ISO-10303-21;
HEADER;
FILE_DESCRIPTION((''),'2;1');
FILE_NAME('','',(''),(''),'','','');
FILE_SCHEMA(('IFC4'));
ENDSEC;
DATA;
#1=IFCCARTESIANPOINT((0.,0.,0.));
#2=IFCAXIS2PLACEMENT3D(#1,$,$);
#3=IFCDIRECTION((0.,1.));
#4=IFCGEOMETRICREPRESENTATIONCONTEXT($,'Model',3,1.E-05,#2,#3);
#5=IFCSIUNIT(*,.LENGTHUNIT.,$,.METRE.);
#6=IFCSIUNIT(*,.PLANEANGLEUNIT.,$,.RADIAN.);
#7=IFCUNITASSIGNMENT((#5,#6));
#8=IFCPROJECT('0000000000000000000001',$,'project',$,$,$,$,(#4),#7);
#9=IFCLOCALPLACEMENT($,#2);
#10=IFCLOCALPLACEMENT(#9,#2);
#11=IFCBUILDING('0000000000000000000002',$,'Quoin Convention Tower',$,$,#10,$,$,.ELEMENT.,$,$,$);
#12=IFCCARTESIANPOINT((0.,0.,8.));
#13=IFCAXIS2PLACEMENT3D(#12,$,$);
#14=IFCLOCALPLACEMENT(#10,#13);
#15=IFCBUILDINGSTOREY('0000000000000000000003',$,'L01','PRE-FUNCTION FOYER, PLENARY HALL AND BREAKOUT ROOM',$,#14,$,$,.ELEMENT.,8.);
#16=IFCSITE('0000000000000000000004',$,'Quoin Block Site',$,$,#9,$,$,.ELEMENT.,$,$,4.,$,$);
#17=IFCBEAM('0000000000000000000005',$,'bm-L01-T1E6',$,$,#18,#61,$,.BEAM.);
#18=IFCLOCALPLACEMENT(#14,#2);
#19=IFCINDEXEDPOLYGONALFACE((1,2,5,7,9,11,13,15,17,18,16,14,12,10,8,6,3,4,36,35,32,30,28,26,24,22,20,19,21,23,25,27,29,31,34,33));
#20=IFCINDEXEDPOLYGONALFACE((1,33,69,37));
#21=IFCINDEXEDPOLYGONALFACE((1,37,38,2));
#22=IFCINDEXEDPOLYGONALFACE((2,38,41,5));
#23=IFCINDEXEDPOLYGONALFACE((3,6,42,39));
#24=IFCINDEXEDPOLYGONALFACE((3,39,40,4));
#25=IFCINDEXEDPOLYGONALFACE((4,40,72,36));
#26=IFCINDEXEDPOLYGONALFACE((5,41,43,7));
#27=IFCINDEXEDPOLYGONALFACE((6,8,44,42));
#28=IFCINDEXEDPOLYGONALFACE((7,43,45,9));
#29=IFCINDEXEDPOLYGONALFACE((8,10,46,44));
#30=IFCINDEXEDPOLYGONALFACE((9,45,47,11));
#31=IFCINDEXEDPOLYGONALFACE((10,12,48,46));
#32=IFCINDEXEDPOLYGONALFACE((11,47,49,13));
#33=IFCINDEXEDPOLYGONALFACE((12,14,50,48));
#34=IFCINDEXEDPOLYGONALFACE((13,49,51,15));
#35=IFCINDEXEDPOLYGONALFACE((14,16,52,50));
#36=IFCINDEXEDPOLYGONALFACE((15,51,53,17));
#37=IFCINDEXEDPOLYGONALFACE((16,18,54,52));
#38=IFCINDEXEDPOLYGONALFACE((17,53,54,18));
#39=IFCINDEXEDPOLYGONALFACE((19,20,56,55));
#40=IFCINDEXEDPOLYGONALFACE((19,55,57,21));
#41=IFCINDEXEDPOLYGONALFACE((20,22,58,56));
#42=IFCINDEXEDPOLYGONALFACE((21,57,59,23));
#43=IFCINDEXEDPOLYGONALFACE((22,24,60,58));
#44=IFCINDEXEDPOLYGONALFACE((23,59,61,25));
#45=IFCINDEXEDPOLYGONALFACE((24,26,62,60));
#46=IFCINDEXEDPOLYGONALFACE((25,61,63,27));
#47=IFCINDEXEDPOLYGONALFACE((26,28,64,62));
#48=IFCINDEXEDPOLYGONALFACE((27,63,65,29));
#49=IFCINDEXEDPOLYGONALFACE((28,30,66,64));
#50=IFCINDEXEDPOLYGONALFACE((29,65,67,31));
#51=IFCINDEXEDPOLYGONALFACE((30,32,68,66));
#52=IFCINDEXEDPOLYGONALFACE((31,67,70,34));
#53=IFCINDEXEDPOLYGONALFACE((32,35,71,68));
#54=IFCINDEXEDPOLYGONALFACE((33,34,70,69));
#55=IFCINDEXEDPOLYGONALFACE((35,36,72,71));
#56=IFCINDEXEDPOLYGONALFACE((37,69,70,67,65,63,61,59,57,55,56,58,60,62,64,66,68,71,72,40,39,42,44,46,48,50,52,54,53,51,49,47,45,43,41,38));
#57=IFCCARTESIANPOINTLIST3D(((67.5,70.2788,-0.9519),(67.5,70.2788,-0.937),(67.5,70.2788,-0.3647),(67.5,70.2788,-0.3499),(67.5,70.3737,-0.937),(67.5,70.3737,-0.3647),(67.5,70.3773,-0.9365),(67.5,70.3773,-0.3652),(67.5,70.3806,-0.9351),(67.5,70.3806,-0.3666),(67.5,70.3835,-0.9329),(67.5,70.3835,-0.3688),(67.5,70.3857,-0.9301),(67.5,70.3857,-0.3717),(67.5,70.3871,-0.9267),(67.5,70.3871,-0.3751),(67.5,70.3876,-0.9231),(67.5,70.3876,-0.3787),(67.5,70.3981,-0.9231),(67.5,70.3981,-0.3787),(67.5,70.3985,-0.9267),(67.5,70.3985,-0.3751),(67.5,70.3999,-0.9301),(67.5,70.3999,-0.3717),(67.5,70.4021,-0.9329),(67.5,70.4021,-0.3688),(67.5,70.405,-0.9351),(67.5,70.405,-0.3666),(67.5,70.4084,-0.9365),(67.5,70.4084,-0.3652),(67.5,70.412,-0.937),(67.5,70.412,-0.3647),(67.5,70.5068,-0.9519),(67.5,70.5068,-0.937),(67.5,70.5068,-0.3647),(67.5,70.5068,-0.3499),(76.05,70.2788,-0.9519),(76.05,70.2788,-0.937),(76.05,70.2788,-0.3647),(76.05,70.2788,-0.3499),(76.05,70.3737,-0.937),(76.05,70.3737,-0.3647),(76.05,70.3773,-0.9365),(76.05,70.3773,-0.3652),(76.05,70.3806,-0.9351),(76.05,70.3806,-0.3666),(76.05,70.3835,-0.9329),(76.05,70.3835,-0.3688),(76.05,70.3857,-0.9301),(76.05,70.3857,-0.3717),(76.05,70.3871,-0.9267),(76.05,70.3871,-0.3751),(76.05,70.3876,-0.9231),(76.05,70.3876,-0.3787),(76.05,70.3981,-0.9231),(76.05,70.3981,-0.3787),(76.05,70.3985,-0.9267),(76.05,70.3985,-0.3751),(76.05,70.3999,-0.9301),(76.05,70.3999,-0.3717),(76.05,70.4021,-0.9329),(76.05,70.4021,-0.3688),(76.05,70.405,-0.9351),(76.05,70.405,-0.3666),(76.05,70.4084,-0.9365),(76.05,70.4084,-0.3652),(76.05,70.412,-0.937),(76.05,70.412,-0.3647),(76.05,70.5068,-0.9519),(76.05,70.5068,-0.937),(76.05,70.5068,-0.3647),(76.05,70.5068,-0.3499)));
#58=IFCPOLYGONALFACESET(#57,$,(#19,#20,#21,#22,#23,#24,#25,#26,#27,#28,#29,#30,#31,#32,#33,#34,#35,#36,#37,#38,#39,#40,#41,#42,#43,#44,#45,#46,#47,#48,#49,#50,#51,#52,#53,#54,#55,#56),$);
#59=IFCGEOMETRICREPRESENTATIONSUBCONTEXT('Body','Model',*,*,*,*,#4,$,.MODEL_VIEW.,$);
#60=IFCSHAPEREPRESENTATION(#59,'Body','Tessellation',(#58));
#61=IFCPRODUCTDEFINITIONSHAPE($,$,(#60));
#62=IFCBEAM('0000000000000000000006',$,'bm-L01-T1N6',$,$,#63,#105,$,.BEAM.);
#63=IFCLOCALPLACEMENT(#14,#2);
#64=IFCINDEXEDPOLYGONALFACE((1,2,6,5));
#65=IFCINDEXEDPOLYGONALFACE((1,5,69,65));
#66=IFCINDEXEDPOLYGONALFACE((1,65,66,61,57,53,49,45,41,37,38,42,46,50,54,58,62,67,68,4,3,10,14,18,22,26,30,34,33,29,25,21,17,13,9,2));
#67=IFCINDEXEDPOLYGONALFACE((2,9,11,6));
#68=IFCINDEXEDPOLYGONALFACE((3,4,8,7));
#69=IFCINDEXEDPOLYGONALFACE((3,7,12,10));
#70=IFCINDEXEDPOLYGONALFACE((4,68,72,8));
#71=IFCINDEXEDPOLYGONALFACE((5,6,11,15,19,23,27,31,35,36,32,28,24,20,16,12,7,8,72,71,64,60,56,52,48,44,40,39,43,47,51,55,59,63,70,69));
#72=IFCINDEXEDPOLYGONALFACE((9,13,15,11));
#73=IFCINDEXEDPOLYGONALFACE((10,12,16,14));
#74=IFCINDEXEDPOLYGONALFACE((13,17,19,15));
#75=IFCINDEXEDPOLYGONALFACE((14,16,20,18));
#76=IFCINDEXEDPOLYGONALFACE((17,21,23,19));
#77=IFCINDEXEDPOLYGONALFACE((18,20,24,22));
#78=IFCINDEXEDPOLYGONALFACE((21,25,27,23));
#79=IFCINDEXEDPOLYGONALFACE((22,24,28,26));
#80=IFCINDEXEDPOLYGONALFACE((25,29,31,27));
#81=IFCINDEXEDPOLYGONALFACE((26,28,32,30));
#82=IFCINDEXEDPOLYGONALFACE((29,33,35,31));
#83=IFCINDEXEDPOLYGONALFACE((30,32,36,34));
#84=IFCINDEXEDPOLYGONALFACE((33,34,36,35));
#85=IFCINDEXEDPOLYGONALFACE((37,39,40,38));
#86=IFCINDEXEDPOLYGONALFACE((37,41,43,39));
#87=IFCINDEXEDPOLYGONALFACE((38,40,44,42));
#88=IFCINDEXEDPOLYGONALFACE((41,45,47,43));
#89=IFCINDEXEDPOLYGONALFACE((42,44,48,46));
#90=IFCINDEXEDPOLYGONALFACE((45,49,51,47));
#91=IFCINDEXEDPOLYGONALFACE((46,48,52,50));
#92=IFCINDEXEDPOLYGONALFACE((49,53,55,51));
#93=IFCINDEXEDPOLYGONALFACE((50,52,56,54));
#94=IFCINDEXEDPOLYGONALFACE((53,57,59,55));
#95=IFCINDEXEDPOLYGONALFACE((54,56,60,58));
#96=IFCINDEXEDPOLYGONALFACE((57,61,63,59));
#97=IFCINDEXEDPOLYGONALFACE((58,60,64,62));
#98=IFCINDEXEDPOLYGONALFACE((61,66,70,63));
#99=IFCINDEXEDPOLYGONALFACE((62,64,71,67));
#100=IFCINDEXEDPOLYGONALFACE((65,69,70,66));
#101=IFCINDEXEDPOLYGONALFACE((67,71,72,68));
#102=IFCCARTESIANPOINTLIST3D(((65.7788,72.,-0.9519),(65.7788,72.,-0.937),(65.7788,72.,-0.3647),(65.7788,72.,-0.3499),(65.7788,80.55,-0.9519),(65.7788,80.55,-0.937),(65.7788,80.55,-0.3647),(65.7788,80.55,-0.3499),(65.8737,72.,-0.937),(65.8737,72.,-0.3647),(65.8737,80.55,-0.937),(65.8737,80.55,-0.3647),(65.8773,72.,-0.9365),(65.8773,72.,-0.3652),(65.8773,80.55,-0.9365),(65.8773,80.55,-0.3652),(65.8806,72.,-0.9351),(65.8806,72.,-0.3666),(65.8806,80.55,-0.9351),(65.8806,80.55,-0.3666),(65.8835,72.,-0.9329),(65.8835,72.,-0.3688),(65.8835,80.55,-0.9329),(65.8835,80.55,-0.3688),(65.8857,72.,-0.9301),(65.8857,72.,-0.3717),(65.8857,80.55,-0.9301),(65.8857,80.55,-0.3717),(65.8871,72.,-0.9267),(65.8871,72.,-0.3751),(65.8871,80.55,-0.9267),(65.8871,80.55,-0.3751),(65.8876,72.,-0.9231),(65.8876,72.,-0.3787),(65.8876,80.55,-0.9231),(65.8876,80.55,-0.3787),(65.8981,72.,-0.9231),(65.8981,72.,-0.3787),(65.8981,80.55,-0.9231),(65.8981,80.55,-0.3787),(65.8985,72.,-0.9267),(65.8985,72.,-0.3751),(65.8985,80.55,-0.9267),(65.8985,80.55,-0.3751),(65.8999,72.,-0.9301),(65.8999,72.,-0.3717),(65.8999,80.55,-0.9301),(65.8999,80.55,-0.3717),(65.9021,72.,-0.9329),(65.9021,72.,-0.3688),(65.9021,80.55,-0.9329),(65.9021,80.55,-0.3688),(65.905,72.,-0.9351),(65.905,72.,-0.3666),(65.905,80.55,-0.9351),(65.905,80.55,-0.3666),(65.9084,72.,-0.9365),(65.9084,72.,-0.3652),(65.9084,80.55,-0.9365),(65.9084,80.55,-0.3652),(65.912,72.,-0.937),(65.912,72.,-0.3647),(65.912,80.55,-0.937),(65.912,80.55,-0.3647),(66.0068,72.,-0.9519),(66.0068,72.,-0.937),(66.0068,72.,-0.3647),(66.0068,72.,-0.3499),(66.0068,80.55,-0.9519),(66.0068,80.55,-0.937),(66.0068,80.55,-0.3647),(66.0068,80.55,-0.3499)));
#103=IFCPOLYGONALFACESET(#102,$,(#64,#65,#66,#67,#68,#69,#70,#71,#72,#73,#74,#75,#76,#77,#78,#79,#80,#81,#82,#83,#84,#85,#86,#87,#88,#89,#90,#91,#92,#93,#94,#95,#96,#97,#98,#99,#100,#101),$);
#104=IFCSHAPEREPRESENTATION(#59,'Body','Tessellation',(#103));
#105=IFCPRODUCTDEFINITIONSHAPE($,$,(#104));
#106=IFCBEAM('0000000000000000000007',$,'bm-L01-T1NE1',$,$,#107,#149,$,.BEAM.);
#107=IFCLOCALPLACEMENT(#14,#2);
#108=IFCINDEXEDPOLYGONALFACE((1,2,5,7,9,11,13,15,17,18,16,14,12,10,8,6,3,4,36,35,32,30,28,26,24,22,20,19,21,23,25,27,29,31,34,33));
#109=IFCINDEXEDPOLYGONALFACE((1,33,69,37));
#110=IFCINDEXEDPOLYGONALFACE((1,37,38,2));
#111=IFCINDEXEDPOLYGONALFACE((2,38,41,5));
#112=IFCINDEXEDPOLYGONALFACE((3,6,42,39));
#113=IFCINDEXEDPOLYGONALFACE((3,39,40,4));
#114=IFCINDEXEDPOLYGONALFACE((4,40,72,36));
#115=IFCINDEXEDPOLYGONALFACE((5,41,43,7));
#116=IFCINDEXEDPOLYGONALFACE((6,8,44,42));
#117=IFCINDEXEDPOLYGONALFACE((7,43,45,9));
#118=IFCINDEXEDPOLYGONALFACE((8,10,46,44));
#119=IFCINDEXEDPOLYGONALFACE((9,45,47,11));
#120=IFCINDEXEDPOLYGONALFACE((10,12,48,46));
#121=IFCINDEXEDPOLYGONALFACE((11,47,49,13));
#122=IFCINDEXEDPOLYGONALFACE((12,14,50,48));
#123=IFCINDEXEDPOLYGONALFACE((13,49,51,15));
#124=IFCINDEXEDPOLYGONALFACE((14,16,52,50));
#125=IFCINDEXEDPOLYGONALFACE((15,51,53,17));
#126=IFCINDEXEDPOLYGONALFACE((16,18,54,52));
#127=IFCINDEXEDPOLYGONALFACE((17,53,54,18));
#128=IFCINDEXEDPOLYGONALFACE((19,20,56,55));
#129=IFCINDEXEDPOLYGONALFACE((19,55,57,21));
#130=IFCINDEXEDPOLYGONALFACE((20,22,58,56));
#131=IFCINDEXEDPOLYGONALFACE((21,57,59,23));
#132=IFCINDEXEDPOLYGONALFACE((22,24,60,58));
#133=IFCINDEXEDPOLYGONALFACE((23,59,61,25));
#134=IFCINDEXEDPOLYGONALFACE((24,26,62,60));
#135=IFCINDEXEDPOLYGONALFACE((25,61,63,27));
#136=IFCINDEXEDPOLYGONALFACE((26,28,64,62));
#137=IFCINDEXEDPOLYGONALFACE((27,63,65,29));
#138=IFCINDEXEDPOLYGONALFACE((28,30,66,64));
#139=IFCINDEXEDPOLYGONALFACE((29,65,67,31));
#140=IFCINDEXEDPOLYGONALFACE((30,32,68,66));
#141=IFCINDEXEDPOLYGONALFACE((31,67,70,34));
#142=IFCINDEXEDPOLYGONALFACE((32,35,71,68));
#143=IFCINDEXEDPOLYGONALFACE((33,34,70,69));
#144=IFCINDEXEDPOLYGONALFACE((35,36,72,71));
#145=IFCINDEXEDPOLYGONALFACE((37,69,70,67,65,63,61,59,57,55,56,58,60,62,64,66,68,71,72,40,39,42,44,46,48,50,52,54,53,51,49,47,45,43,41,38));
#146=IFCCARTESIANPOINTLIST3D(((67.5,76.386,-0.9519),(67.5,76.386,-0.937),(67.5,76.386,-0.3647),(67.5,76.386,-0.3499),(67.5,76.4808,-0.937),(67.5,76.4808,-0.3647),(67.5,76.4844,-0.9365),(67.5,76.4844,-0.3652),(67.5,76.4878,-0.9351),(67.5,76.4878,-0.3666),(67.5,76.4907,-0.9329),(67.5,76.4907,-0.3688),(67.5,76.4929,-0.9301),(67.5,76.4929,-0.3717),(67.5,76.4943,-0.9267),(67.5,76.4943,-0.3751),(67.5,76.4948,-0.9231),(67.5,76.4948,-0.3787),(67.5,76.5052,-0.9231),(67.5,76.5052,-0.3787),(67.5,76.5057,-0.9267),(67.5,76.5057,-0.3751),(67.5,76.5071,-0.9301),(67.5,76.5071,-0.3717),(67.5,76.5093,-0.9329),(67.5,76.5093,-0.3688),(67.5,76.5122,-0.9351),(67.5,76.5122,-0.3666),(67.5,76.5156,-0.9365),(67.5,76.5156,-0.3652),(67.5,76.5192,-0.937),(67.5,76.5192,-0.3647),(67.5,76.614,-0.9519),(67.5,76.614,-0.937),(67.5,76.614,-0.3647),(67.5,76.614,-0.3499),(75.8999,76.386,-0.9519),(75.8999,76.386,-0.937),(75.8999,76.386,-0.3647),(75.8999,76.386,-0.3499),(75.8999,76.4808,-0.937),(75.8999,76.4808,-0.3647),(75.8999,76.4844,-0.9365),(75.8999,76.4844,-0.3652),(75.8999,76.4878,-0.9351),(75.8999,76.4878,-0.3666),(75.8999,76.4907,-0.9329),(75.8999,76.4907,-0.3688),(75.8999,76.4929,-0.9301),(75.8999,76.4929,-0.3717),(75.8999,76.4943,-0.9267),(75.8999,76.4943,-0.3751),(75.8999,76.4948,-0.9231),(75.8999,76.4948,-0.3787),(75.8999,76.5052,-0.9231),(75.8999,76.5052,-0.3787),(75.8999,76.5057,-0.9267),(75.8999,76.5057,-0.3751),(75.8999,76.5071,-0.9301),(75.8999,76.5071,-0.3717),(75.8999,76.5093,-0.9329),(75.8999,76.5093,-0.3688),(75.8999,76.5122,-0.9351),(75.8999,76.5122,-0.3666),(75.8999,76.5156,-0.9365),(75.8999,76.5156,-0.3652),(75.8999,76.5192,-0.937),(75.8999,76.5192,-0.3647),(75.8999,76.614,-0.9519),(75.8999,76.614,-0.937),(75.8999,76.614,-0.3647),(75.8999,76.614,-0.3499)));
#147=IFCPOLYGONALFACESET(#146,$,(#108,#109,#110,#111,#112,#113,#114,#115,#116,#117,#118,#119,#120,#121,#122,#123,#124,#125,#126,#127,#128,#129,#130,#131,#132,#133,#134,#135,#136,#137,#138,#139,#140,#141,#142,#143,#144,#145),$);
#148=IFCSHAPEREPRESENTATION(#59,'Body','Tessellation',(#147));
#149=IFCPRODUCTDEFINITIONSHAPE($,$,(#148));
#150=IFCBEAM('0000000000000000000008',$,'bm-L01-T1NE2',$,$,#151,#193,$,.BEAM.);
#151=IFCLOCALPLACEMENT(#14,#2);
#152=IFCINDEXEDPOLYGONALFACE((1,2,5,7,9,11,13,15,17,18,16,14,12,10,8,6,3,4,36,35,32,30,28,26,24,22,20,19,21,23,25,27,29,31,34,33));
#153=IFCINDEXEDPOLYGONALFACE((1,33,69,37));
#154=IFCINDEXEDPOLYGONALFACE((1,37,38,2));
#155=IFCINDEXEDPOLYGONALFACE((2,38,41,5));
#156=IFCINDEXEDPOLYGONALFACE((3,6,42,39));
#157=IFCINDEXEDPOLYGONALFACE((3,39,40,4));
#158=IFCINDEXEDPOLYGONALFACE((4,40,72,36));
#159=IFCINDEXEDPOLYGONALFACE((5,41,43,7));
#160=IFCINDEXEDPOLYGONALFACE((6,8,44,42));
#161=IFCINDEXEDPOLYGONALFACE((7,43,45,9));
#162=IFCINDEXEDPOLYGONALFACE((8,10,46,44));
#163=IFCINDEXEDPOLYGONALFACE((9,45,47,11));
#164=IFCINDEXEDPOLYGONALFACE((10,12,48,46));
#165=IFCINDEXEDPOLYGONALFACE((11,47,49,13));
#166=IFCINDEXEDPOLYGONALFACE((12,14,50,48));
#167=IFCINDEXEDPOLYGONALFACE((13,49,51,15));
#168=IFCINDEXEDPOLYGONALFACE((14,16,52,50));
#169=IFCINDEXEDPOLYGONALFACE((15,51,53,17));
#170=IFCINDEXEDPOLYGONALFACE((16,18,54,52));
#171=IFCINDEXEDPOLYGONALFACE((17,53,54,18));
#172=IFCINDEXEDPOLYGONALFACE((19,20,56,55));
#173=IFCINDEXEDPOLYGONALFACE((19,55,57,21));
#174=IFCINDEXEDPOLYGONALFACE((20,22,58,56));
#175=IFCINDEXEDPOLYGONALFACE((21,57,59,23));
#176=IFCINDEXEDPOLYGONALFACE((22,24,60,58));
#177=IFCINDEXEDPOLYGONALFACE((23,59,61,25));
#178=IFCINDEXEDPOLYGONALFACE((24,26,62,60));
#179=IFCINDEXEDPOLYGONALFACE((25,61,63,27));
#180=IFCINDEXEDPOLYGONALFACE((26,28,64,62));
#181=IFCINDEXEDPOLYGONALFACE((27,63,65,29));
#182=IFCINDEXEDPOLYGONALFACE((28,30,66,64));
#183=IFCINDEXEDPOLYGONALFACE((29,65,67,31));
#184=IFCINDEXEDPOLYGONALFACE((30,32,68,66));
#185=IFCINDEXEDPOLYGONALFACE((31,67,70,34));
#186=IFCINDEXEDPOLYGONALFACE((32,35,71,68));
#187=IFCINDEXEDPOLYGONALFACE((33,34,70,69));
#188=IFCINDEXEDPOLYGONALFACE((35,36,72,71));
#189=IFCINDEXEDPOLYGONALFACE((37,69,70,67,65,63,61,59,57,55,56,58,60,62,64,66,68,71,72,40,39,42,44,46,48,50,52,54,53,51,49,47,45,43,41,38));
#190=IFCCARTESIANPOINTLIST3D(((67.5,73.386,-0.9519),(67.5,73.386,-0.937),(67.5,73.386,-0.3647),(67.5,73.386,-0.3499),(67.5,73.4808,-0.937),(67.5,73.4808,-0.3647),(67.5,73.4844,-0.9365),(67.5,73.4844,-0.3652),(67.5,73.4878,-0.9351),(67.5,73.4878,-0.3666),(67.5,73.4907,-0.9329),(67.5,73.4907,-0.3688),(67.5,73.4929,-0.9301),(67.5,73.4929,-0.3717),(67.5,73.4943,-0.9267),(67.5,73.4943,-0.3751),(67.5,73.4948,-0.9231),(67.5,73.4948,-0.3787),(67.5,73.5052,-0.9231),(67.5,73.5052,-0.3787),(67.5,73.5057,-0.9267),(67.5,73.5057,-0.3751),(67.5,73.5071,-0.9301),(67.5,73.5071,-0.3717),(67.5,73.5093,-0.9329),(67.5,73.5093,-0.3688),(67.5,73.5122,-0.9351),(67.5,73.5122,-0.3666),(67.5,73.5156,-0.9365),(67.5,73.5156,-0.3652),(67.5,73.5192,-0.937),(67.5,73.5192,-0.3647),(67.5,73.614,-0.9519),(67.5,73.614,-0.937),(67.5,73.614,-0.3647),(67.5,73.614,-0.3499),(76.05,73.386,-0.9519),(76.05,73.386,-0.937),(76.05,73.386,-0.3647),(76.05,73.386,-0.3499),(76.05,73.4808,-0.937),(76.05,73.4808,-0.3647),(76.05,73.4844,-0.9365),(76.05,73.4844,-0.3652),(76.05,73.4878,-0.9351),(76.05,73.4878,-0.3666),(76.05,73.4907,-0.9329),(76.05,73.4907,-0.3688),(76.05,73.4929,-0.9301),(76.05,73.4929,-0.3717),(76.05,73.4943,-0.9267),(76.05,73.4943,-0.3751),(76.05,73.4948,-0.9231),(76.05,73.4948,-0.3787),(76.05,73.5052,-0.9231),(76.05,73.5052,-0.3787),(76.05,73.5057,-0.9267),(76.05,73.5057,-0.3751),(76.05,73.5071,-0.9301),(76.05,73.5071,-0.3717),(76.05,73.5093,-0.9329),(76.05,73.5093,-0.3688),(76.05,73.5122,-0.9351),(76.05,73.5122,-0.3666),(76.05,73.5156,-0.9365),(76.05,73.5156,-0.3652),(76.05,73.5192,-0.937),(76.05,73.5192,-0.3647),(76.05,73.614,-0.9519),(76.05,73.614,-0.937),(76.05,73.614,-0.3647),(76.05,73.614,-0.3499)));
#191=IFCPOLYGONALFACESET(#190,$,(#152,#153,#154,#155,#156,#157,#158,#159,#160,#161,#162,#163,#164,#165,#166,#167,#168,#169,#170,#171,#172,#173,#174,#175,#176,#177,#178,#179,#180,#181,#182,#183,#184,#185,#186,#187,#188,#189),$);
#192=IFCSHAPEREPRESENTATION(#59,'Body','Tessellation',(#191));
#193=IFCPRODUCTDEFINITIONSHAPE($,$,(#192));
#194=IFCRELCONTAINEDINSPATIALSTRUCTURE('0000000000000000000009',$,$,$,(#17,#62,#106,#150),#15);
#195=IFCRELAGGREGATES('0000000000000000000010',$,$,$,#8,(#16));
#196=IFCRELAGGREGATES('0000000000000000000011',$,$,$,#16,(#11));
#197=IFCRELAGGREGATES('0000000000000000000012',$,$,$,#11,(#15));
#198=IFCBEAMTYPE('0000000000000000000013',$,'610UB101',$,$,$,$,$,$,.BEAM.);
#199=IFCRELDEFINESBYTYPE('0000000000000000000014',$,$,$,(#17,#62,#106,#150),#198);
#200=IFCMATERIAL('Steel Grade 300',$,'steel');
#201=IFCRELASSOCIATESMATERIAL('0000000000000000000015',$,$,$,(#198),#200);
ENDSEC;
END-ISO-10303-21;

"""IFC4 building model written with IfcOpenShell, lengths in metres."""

from ifc_helpers import new_model, si_unit, direction, frame, origin, origin_2d, place, context, subcontext, project, spatial, i_section, extrude, material, material_profile, profile_set, type_object, element, save


model = new_model("IFC4")

# Units and contexts
model_context = context("Model", 3, precision=1e-05, world=origin(), true_north=direction((0.0, 1.0)))
body_context = subcontext(model_context, "Body", "Model", "MODEL_VIEW")
ifc_project = project(units=[si_unit("LENGTHUNIT", "METRE"), si_unit("PLANEANGLEUNIT", "RADIAN")], contexts=[model_context])

# Site, building, storey
site_placement = place(None, origin())
site = spatial("IfcSite", under=ifc_project, at=site_placement, Name="Quoin Block Site", CompositionType="ELEMENT", RefElevation=4.0)
building_placement = place(site_placement, origin())
building = spatial("IfcBuilding", under=site, at=building_placement, Name="Quoin Convention Tower", CompositionType="ELEMENT")
storey_placement = place(building_placement, frame((0.0, 0.0, 8.0)))
storey = spatial("IfcBuildingStorey", under=building, at=storey_placement, Name="L01", Description="PRE-FUNCTION FOYER, PLENARY HALL AND BREAKOUT ROOM", CompositionType="ELEMENT", Elevation=8.0)

# Beams
ifc_material_1 = material(Name="Steel Grade 300", Category="steel")
ifc_material_profile_1 = material_profile(ifc_material_1, i_section(OverallWidth=0.228, OverallDepth=0.6021, WebThickness=0.0105, FlangeThickness=0.0149, FilletRadius=0.0139, at=origin_2d()), Name="610UB101")
ifc_profile_set_1 = profile_set([ifc_material_profile_1], Name="Steel Grade 300")
beam_type_1 = type_object("IfcBeamType", Name="610UB101", PredefinedType="BEAM", material=ifc_profile_set_1)
for number, where, z_axis, x_axis, name in (
    (1, (67.5, 70.3928, -0.6509), (1.0, 0.0, 0.0), (0.0, 1.0, 0.0), "bm-L01-T1E6"),
    (2, (65.8928, 72.0, -0.6509), (0.0, 1.0, 0.0), (-1.0, 0.0, 0.0), "bm-L01-T1N6"),
):
    element("IfcBeam", number, at=place(storey_placement, frame(where, z_axis=z_axis, x_axis=x_axis)), inside=storey, type_object=beam_type_1, Name=name, PredefinedType="BEAM", context=body_context, shape_type="SweptSolid", body=[
        extrude(i_section(OverallWidth=0.228, OverallDepth=0.6021, WebThickness=0.0105, FlangeThickness=0.0149, FilletRadius=0.0139, at=origin_2d()), origin(), (0.0, 0.0, 1.0), 8.55),
    ])
beam_1_placement = place(storey_placement, frame((67.5, 76.5, -0.6509), z_axis=(1.0, 0.0, 0.0), x_axis=(0.0, 1.0, 0.0)))
element("IfcBeam", 3, at=beam_1_placement, inside=storey, type_object=beam_type_1, Name="bm-L01-T1NE1", PredefinedType="BEAM", context=body_context, shape_type="SweptSolid", body=[
    extrude(i_section(OverallWidth=0.228, OverallDepth=0.6021, WebThickness=0.0105, FlangeThickness=0.0149, FilletRadius=0.0139, at=origin_2d()), origin(), (0.0, 0.0, 1.0), 8.3999),
])
beam_2_placement = place(storey_placement, frame((67.5, 73.5, -0.6509), z_axis=(1.0, 0.0, 0.0), x_axis=(0.0, 1.0, 0.0)))
element("IfcBeam", 4, at=beam_2_placement, inside=storey, type_object=beam_type_1, Name="bm-L01-T1NE2", PredefinedType="BEAM", context=body_context, shape_type="SweptSolid", body=[
    extrude(i_section(OverallWidth=0.228, OverallDepth=0.6021, WebThickness=0.0105, FlangeThickness=0.0149, FilletRadius=0.0139, at=origin_2d()), origin(), (0.0, 0.0, 1.0), 8.55),
])

save(model, "model.ifc")
